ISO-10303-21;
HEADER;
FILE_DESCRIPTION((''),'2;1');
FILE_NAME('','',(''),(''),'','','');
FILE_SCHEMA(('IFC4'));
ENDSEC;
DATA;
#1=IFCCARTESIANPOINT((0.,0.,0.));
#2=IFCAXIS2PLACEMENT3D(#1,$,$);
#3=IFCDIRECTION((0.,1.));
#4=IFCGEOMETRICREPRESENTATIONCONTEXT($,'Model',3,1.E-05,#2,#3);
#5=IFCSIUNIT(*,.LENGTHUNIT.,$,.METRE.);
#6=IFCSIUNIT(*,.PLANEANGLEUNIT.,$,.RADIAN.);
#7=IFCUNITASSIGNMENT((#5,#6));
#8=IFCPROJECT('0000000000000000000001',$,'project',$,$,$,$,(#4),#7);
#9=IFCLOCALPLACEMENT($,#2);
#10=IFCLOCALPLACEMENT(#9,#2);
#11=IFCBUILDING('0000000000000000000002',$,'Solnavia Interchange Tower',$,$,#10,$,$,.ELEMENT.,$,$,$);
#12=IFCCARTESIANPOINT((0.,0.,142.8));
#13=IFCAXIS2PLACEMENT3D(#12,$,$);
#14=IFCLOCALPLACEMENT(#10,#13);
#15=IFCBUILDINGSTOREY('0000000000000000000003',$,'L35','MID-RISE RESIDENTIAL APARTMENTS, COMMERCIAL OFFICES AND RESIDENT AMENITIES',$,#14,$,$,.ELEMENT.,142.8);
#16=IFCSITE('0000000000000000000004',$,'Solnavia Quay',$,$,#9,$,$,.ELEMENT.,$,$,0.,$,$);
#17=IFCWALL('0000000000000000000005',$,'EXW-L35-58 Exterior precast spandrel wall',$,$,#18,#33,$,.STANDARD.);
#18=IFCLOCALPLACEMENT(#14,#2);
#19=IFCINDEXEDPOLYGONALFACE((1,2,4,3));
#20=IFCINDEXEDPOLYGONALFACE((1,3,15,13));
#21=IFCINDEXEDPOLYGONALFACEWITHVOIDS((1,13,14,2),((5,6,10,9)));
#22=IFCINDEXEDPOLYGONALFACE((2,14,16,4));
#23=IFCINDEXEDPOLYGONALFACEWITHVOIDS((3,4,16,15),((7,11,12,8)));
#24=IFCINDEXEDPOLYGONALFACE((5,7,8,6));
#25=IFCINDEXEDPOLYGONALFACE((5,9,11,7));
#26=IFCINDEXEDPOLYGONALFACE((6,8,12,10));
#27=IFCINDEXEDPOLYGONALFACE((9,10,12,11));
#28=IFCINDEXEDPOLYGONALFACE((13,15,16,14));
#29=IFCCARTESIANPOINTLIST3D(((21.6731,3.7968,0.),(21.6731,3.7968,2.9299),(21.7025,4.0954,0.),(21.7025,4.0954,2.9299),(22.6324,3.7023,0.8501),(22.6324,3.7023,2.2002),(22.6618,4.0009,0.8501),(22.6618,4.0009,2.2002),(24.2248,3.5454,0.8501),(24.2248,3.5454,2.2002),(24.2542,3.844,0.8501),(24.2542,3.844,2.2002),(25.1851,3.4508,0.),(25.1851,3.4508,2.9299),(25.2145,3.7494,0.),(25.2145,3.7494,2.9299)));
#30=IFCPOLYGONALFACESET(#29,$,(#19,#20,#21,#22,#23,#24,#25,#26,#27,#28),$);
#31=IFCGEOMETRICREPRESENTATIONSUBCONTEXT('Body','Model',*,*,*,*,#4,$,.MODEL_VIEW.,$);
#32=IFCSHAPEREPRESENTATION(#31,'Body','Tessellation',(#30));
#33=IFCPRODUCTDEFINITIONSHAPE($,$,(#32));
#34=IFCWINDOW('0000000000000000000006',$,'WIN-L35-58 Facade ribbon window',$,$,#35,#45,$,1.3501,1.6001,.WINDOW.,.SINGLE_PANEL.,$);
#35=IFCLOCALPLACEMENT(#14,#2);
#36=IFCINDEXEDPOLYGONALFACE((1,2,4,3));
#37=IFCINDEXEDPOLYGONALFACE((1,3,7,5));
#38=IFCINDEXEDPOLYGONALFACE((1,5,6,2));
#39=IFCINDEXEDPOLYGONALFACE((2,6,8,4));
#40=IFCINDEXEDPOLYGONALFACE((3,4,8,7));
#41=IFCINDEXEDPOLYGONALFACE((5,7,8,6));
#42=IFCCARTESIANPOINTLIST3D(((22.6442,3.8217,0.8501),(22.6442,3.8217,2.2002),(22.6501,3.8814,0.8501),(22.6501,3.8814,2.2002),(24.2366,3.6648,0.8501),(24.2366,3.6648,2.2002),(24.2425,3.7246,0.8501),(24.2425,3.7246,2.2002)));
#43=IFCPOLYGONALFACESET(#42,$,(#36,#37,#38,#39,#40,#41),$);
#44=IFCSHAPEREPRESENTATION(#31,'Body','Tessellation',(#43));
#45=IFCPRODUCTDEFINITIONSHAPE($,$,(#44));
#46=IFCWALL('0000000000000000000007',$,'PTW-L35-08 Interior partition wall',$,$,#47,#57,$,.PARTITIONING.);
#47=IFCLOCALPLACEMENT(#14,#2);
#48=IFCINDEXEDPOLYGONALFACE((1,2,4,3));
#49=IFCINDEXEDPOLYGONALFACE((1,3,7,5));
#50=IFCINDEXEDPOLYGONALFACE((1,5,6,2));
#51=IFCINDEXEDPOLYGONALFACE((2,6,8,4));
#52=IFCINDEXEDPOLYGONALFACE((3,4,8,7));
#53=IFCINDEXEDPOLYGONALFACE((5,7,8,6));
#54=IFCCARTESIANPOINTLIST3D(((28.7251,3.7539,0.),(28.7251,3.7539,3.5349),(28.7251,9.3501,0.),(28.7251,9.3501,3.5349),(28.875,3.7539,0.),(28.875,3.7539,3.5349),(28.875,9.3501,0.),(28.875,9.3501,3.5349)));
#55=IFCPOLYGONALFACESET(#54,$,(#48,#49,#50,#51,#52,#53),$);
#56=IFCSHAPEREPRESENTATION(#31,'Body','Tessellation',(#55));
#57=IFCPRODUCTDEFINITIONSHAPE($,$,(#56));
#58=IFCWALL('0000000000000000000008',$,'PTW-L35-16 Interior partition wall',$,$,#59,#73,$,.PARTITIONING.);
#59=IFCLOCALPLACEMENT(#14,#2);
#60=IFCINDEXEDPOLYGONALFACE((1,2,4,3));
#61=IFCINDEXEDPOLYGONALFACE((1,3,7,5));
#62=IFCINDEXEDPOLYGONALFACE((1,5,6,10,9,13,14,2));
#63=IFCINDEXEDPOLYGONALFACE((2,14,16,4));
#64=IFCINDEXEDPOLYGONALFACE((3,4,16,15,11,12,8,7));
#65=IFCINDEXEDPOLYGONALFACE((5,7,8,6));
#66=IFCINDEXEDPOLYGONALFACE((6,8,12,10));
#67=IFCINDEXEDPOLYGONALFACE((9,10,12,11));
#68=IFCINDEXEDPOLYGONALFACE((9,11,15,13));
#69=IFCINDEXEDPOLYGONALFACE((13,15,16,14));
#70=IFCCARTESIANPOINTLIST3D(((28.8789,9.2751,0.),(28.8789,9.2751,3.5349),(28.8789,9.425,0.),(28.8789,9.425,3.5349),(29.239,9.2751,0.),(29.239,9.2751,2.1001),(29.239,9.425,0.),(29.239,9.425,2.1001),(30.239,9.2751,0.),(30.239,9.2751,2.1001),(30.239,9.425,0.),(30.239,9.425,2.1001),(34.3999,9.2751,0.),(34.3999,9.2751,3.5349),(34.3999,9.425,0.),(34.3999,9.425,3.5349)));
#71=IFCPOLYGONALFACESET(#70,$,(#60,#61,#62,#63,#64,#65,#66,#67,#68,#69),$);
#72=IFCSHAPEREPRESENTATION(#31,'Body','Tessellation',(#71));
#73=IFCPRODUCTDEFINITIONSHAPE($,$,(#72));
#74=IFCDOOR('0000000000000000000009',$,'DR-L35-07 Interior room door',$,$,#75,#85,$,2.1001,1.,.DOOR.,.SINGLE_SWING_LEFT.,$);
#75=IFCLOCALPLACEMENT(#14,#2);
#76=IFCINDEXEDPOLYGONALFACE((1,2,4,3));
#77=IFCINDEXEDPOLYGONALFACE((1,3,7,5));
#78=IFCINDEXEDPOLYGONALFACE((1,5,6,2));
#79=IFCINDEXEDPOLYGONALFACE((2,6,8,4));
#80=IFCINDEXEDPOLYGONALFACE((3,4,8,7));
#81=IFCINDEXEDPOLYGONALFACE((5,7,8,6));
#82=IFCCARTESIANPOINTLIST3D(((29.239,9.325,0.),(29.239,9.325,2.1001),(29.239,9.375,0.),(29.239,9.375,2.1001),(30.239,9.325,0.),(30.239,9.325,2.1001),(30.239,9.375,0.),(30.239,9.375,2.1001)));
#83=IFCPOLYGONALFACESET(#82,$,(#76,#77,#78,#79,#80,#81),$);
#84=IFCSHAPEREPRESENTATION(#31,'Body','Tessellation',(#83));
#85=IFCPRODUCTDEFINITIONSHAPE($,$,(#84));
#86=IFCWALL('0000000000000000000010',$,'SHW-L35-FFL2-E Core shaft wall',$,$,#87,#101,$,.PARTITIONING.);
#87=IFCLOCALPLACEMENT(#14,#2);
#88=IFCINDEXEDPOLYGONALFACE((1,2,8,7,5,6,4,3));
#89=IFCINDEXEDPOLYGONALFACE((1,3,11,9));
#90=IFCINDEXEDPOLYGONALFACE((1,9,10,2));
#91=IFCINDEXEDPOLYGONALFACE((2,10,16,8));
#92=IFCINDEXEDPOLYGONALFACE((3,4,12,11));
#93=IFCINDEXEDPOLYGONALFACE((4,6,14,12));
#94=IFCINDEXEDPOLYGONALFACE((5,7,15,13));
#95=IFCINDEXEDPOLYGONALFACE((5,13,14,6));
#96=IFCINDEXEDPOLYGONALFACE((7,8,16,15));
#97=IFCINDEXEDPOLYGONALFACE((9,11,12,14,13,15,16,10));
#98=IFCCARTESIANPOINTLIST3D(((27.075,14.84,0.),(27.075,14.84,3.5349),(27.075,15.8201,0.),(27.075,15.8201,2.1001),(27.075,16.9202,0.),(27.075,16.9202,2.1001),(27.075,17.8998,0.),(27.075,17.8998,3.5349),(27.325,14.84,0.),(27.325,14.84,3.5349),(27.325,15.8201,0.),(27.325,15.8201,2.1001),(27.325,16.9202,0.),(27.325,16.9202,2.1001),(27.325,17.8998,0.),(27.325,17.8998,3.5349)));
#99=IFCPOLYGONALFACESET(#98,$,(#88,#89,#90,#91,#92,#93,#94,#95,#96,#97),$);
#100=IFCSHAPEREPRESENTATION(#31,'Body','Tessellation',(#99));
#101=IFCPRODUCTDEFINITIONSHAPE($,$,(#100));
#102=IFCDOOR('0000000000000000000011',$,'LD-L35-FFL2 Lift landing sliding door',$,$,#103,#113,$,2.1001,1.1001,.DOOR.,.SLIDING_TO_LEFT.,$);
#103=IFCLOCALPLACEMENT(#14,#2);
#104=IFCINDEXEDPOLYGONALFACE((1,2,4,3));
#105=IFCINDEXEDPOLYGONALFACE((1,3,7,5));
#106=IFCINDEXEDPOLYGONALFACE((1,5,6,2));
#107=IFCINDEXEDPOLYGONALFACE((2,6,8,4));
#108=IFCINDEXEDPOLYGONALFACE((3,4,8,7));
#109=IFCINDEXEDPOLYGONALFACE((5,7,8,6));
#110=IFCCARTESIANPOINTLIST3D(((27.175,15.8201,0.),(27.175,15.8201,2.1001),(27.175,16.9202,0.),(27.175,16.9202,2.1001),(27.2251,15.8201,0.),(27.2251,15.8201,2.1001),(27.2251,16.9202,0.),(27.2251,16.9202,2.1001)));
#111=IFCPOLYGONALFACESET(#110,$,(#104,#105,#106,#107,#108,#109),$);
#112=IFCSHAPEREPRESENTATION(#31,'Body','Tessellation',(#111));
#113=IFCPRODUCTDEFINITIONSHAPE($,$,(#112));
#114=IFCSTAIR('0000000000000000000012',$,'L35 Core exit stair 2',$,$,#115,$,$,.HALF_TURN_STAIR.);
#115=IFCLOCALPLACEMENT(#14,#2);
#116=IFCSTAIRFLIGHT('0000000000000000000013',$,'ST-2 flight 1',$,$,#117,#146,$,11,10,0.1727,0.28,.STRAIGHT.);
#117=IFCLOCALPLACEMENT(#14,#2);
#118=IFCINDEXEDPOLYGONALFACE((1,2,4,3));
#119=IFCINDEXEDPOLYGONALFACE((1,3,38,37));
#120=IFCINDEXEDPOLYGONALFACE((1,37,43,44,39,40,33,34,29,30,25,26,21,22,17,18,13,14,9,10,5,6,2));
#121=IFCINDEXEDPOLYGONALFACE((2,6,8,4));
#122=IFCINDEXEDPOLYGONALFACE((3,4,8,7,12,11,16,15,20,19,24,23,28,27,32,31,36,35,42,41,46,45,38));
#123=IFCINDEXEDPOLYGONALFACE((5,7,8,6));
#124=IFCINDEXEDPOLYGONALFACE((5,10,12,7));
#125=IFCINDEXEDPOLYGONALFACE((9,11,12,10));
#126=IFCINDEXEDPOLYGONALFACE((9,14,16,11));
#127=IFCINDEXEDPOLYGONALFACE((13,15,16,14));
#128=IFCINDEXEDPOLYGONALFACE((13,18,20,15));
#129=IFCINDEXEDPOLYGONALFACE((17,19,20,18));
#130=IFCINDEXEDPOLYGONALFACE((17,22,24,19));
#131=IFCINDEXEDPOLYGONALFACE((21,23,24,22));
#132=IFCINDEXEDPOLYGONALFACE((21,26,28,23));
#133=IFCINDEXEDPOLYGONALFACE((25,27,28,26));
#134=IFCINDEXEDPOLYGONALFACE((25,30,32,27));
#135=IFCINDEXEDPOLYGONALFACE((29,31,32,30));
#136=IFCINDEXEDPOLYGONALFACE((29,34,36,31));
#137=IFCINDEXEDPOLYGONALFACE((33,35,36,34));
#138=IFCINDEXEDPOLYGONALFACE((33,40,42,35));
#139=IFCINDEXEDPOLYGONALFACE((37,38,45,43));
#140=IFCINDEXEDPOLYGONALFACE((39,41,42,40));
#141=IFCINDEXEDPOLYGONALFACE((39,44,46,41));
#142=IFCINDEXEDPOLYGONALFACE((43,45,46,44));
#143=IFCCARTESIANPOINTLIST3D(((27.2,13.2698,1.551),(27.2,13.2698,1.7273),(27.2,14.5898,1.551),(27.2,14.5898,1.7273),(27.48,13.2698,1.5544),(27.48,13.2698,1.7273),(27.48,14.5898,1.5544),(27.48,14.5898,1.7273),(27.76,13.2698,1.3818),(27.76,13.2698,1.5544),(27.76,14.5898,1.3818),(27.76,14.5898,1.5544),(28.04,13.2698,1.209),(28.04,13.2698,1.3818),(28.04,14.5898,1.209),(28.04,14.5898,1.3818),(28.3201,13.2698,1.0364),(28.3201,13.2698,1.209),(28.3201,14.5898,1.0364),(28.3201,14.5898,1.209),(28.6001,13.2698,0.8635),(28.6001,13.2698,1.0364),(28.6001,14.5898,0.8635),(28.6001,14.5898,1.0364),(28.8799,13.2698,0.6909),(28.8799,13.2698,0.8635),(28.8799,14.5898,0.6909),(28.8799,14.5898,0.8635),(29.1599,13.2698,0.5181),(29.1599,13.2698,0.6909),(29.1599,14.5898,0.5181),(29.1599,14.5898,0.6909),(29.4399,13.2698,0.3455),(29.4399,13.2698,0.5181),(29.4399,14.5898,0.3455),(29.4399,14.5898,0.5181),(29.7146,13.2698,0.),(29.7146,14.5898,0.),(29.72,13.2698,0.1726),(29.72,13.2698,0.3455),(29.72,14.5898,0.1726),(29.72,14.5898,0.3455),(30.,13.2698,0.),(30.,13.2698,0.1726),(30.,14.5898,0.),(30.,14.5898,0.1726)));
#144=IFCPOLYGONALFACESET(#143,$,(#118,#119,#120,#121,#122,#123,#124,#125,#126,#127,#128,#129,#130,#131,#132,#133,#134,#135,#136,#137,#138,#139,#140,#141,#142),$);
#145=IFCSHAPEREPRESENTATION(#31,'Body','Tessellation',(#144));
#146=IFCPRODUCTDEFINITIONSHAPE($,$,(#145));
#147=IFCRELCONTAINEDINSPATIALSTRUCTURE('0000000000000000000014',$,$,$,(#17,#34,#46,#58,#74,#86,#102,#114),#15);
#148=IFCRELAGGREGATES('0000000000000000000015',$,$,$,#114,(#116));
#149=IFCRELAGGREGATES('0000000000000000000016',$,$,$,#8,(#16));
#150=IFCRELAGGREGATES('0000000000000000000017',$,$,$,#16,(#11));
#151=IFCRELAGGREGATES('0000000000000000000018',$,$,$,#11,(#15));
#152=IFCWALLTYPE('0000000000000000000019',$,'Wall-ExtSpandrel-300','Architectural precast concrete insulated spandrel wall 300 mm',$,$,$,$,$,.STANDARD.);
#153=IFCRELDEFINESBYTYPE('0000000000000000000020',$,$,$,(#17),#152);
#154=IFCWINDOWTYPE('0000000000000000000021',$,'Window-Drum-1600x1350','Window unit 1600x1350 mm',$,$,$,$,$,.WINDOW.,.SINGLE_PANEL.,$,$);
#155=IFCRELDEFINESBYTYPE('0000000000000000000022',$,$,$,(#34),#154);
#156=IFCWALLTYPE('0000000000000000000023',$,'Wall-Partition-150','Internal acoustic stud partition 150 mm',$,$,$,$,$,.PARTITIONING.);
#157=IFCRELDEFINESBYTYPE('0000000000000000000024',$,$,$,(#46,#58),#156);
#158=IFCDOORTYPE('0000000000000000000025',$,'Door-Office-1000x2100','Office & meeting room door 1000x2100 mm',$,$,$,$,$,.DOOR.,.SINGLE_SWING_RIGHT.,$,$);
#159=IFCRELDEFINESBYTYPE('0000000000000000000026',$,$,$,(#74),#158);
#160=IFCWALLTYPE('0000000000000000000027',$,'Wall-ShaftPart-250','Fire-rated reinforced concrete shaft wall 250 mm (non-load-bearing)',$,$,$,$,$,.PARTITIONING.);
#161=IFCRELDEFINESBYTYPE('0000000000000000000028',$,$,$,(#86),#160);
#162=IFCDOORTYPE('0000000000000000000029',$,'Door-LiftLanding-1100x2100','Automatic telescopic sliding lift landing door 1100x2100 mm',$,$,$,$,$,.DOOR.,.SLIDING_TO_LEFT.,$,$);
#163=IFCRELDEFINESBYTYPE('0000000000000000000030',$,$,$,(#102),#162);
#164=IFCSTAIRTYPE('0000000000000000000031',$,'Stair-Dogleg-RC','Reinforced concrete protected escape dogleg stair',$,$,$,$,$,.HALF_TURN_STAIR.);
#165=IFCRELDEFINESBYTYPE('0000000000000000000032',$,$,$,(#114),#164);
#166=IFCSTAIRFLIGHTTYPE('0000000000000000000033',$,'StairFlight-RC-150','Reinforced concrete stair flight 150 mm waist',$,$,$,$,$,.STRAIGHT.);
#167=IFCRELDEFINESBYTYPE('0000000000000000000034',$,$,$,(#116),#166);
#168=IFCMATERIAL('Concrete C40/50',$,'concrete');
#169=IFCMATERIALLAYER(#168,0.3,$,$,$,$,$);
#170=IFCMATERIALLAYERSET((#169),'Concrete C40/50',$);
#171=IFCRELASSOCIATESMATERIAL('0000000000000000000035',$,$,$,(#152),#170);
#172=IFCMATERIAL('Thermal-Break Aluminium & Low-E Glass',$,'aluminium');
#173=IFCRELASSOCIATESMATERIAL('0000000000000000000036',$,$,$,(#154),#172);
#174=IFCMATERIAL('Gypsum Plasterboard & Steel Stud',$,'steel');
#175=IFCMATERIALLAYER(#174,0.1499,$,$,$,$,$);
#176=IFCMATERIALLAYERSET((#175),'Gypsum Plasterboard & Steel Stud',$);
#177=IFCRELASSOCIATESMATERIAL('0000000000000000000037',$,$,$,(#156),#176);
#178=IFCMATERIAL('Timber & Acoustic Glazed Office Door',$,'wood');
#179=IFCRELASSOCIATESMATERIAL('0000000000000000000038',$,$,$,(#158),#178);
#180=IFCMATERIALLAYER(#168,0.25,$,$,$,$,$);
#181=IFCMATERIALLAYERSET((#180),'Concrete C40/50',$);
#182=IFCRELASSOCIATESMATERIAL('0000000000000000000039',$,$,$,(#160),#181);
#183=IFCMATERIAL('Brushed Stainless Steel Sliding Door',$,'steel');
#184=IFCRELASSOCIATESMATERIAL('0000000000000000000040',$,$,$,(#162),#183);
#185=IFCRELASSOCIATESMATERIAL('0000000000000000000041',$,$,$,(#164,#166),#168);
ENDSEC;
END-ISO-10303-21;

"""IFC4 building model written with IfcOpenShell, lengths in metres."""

from ifc_helpers import new_model, si_unit, direction, frame, frame_2d, origin, place, context, subcontext, project, spatial, polyline, rectangle, outline, extrude, material, layer, layer_set, type_object, element, fill, aggregate, save


model = new_model("IFC4")

# Units and contexts
model_context = context("Model", 3, precision=1e-05, world=origin(), true_north=direction((0.0, 1.0)))
body_context = subcontext(model_context, "Body", "Model", "MODEL_VIEW")
ifc_project = project(units=[si_unit("LENGTHUNIT", "METRE"), si_unit("PLANEANGLEUNIT", "RADIAN")], contexts=[model_context])

# Site, building, storey
site_placement = place(None, origin())
site = spatial("IfcSite", under=ifc_project, at=site_placement, Name="Solnavia Quay", CompositionType="ELEMENT", RefElevation=0.0)
building_placement = place(site_placement, origin())
building = spatial("IfcBuilding", under=site, at=building_placement, Name="Solnavia Interchange Tower", CompositionType="ELEMENT")
storey_placement = place(building_placement, frame((0.0, 0.0, 142.8)))
storey = spatial("IfcBuildingStorey", under=building, at=storey_placement, Name="L35", Description="MID-RISE RESIDENTIAL APARTMENTS, COMMERCIAL OFFICES AND RESIDENT AMENITIES", CompositionType="ELEMENT", Elevation=142.8)

# Wall, opening, window
ifc_material_1 = material(Name="Concrete C40/50", Category="concrete")
ifc_layer_1 = layer(ifc_material_1, 0.3)
ifc_layer_set_1 = layer_set([ifc_layer_1], Name="Concrete C40/50")
wall_type_1 = type_object("IfcWallType", Name="Wall-ExtSpandrel-300", Description="Architectural precast concrete insulated spandrel wall 300 mm", PredefinedType="STANDARD", material=ifc_layer_set_1)
ifc_material_2 = material(Name="Thermal-Break Aluminium & Low-E Glass", Category="aluminium")
wall_1_placement = place(storey_placement, frame((25.2, 3.6001, 0.0), z_axis=(0.0, 0.0, 1.0), x_axis=(-0.995183, 0.098031, 0.0)))
wall_1 = element("IfcWall", 1, at=wall_1_placement, inside=storey, type_object=wall_type_1, Name="EXW-L35-58 Exterior precast spandrel wall", PredefinedType="STANDARD", context=body_context, shape_type="SweptSolid", body=[
    extrude(rectangle(XDim=3.5291, YDim=0.3, at=frame_2d((1.7646, 0.0))), origin(), (0.0, 0.0, 1.0), 2.9299),
])
opening_1_placement = place(wall_1_placement, frame((0.9651, 0.0, 0.8501)))
opening_1 = element("IfcOpeningElement", 2, at=opening_1_placement, cuts=wall_1, PredefinedType="OPENING", context=body_context, shape_type="SweptSolid", body=[
    extrude(rectangle(XDim=1.6001, YDim=1.3501, at=frame_2d((0.8, 0.675))), frame((0.0, 0.1602, 0.0), z_axis=(0.0, -1.0, 0.0), x_axis=(1.0, 0.0, 0.0)), (0.0, 0.0, 1.0), 0.3201),
])
window_type_1 = type_object("IfcWindowType", Name="Window-Drum-1600x1350", Description="Window unit 1600x1350 mm", PartitioningType="SINGLE_PANEL", PredefinedType="WINDOW", material=ifc_material_2)
window_1_placement = place(opening_1_placement, origin())
window_1 = element("IfcWindow", 3, at=window_1_placement, inside=storey, type_object=window_type_1, Name="WIN-L35-58 Facade ribbon window", OverallHeight=1.3501, OverallWidth=1.6001, PartitioningType="SINGLE_PANEL", PredefinedType="WINDOW", context=body_context, shape_type="SweptSolid", body=[
    extrude(rectangle(XDim=1.6001, YDim=1.3501, at=frame_2d((0.8, 0.675))), frame((0.0, 0.03, 0.0), z_axis=(0.0, -1.0, 0.0), x_axis=(1.0, 0.0, 0.0)), (0.0, 0.0, 1.0), 0.0601),
])
fill(opening_1, window_1)

# Wall
ifc_material_3 = material(Name="Gypsum Plasterboard & Steel Stud", Category="steel")
ifc_layer_2 = layer(ifc_material_3, 0.1499)
ifc_layer_set_2 = layer_set([ifc_layer_2], Name="Gypsum Plasterboard & Steel Stud")
wall_type_2 = type_object("IfcWallType", Name="Wall-Partition-150", Description="Internal acoustic stud partition 150 mm", PredefinedType="PARTITIONING", material=ifc_layer_set_2)
wall_2_placement = place(storey_placement, frame((28.8, 9.3501, 0.0), z_axis=(0.0, 0.0, 1.0), x_axis=(0.0, -1.0, 0.0)))
element("IfcWall", 4, at=wall_2_placement, inside=storey, type_object=wall_type_2, Name="PTW-L35-08 Interior partition wall", PredefinedType="PARTITIONING", context=body_context, shape_type="SweptSolid", body=[
    extrude(rectangle(XDim=5.5962, YDim=0.1499, at=frame_2d((2.7981, 0.0))), origin(), (0.0, 0.0, 1.0), 3.5349),
])

# Walls, openings, doors
wall_3_placement = place(storey_placement, frame((28.8789, 9.3501, 0.0), z_axis=(0.0, 0.0, 1.0), x_axis=(1.0, 0.0, 0.0)))
wall_3 = element("IfcWall", 5, at=wall_3_placement, inside=storey, type_object=wall_type_2, Name="PTW-L35-16 Interior partition wall", PredefinedType="PARTITIONING", context=body_context, shape_type="SweptSolid", body=[
    extrude(rectangle(XDim=5.521, YDim=0.1499, at=frame_2d((2.7605, 0.0))), origin(), (0.0, 0.0, 1.0), 3.5349),
])
opening_2_placement = place(wall_3_placement, frame((0.3601, 0.0, 0.0)))
opening_2 = element("IfcOpeningElement", 6, at=opening_2_placement, cuts=wall_3, PredefinedType="OPENING", context=body_context, shape_type="SweptSolid", body=[
    extrude(rectangle(XDim=1.0, YDim=2.1001, at=frame_2d((0.5, 1.05))), frame((0.0, 0.085, 0.0), z_axis=(0.0, -1.0, 0.0), x_axis=(1.0, 0.0, 0.0)), (0.0, 0.0, 1.0), 0.1699),
])
ifc_material_4 = material(Name="Timber & Acoustic Glazed Office Door", Category="wood")
door_type_1 = type_object("IfcDoorType", Name="Door-Office-1000x2100", Description="Office & meeting room door 1000x2100 mm", OperationType="SINGLE_SWING_RIGHT", PredefinedType="DOOR", material=ifc_material_4)
door_1_placement = place(opening_2_placement, origin())
door_1 = element("IfcDoor", 7, at=door_1_placement, inside=storey, type_object=door_type_1, Name="DR-L35-07 Interior room door", OperationType="SINGLE_SWING_LEFT", OverallHeight=2.1001, OverallWidth=1.0, PredefinedType="DOOR", context=body_context, shape_type="SweptSolid", body=[
    extrude(rectangle(XDim=1.0, YDim=2.1001, at=frame_2d((0.5, 1.05))), frame((0.0, 0.0249, 0.0), z_axis=(0.0, -1.0, 0.0), x_axis=(1.0, 0.0, 0.0)), (0.0, 0.0, 1.0), 0.05),
])
fill(opening_2, door_1)
ifc_layer_3 = layer(ifc_material_1, 0.25)
ifc_layer_set_3 = layer_set([ifc_layer_3], Name="Concrete C40/50")
wall_type_3 = type_object("IfcWallType", Name="Wall-ShaftPart-250", Description="Fire-rated reinforced concrete shaft wall 250 mm (non-load-bearing)", PredefinedType="PARTITIONING", material=ifc_layer_set_3)
wall_4_placement = place(storey_placement, frame((27.2, 14.8401, 0.0), z_axis=(0.0, 0.0, 1.0), x_axis=(0.0, 1.0, 0.0)))
wall_4 = element("IfcWall", 8, at=wall_4_placement, inside=storey, type_object=wall_type_3, Name="SHW-L35-FFL2-E Core shaft wall", PredefinedType="PARTITIONING", context=body_context, shape_type="SweptSolid", body=[
    extrude(rectangle(XDim=3.0598, YDim=0.25, at=frame_2d((1.5298, 0.0))), origin(), (0.0, 0.0, 1.0), 3.5349),
])
opening_3_placement = place(wall_4_placement, frame((0.98, 0.0, 0.0)))
opening_3 = element("IfcOpeningElement", 9, at=opening_3_placement, cuts=wall_4, PredefinedType="OPENING", context=body_context, shape_type="SweptSolid", body=[
    extrude(rectangle(XDim=1.1001, YDim=2.1001, at=frame_2d((0.55, 1.05))), frame((0.0, 0.135, 0.0), z_axis=(0.0, -1.0, 0.0), x_axis=(1.0, 0.0, 0.0)), (0.0, 0.0, 1.0), 0.27),
])
ifc_material_5 = material(Name="Brushed Stainless Steel Sliding Door", Category="steel")
door_type_2 = type_object("IfcDoorType", Name="Door-LiftLanding-1100x2100", Description="Automatic telescopic sliding lift landing door 1100x2100 mm", OperationType="SLIDING_TO_LEFT", PredefinedType="DOOR", material=ifc_material_5)
door_2_placement = place(opening_3_placement, origin())
door_2 = element("IfcDoor", 10, at=door_2_placement, inside=storey, type_object=door_type_2, Name="LD-L35-FFL2 Lift landing sliding door", OperationType="SLIDING_TO_LEFT", OverallHeight=2.1001, OverallWidth=1.1001, PredefinedType="DOOR", context=body_context, shape_type="SweptSolid", body=[
    extrude(rectangle(XDim=1.1001, YDim=2.1001, at=frame_2d((0.55, 1.05))), frame((0.0, 0.0249, 0.0), z_axis=(0.0, -1.0, 0.0), x_axis=(1.0, 0.0, 0.0)), (0.0, 0.0, 1.0), 0.05),
])
fill(opening_3, door_2)

# Stair, stair flight
stair_type = type_object("IfcStairType", Name="Stair-Dogleg-RC", Description="Reinforced concrete protected escape dogleg stair", PredefinedType="HALF_TURN_STAIR", material=ifc_material_1)
stair_placement = place(storey_placement, origin())
stair = element("IfcStair", 11, at=stair_placement, inside=storey, type_object=stair_type, Name="L35 Core exit stair 2", PredefinedType="HALF_TURN_STAIR")
stair_flight_type = type_object("IfcStairFlightType", Name="StairFlight-RC-150", Description="Reinforced concrete stair flight 150 mm waist", PredefinedType="STRAIGHT", material=ifc_material_1)
stair_flight_1_placement = place(storey_placement, frame((30.0, 13.9299, 0.0), z_axis=(0.0, 0.0, 1.0), x_axis=(-1.0, 0.0, 0.0)))
stair_flight_1 = element("IfcStairFlight", 12, at=stair_flight_1_placement, type_object=stair_flight_type, Name="ST-2 flight 1", NumberOfRisers=11, NumberOfTreads=10, PredefinedType="STRAIGHT", RiserHeight=0.1727, TreadLength=0.28, context=body_context, shape_type="SweptSolid", body=[
    extrude(outline(polyline([(0.0, 0.0), (0.0, 0.1726), (0.28, 0.1726), (0.28, 0.3455), (0.5601, 0.3455), (0.5601, 0.5181), (0.8401, 0.5181), (0.8401, 0.6909), (1.1201, 0.6909), (1.1201, 0.8635), (1.3999, 0.8635), (1.3999, 1.0364), (1.6799, 1.0364), (1.6799, 1.209), (1.96, 1.209), (1.96, 1.3818), (2.24, 1.3818), (2.24, 1.5544), (2.52, 1.5544), (2.52, 1.7273), (2.8, 1.7273), (2.8, 1.8999), (2.8, 1.551), (0.2854, 0.0), (0.0, 0.0)])), frame((0.0, 0.6602, 0.0), z_axis=(0.0, -1.0, 0.0), x_axis=(1.0, 0.0, 0.0)), (0.0, 0.0, 1.0), 1.3201),
])
aggregate(stair, [stair_flight_1])

save(model, "model.ifc")
